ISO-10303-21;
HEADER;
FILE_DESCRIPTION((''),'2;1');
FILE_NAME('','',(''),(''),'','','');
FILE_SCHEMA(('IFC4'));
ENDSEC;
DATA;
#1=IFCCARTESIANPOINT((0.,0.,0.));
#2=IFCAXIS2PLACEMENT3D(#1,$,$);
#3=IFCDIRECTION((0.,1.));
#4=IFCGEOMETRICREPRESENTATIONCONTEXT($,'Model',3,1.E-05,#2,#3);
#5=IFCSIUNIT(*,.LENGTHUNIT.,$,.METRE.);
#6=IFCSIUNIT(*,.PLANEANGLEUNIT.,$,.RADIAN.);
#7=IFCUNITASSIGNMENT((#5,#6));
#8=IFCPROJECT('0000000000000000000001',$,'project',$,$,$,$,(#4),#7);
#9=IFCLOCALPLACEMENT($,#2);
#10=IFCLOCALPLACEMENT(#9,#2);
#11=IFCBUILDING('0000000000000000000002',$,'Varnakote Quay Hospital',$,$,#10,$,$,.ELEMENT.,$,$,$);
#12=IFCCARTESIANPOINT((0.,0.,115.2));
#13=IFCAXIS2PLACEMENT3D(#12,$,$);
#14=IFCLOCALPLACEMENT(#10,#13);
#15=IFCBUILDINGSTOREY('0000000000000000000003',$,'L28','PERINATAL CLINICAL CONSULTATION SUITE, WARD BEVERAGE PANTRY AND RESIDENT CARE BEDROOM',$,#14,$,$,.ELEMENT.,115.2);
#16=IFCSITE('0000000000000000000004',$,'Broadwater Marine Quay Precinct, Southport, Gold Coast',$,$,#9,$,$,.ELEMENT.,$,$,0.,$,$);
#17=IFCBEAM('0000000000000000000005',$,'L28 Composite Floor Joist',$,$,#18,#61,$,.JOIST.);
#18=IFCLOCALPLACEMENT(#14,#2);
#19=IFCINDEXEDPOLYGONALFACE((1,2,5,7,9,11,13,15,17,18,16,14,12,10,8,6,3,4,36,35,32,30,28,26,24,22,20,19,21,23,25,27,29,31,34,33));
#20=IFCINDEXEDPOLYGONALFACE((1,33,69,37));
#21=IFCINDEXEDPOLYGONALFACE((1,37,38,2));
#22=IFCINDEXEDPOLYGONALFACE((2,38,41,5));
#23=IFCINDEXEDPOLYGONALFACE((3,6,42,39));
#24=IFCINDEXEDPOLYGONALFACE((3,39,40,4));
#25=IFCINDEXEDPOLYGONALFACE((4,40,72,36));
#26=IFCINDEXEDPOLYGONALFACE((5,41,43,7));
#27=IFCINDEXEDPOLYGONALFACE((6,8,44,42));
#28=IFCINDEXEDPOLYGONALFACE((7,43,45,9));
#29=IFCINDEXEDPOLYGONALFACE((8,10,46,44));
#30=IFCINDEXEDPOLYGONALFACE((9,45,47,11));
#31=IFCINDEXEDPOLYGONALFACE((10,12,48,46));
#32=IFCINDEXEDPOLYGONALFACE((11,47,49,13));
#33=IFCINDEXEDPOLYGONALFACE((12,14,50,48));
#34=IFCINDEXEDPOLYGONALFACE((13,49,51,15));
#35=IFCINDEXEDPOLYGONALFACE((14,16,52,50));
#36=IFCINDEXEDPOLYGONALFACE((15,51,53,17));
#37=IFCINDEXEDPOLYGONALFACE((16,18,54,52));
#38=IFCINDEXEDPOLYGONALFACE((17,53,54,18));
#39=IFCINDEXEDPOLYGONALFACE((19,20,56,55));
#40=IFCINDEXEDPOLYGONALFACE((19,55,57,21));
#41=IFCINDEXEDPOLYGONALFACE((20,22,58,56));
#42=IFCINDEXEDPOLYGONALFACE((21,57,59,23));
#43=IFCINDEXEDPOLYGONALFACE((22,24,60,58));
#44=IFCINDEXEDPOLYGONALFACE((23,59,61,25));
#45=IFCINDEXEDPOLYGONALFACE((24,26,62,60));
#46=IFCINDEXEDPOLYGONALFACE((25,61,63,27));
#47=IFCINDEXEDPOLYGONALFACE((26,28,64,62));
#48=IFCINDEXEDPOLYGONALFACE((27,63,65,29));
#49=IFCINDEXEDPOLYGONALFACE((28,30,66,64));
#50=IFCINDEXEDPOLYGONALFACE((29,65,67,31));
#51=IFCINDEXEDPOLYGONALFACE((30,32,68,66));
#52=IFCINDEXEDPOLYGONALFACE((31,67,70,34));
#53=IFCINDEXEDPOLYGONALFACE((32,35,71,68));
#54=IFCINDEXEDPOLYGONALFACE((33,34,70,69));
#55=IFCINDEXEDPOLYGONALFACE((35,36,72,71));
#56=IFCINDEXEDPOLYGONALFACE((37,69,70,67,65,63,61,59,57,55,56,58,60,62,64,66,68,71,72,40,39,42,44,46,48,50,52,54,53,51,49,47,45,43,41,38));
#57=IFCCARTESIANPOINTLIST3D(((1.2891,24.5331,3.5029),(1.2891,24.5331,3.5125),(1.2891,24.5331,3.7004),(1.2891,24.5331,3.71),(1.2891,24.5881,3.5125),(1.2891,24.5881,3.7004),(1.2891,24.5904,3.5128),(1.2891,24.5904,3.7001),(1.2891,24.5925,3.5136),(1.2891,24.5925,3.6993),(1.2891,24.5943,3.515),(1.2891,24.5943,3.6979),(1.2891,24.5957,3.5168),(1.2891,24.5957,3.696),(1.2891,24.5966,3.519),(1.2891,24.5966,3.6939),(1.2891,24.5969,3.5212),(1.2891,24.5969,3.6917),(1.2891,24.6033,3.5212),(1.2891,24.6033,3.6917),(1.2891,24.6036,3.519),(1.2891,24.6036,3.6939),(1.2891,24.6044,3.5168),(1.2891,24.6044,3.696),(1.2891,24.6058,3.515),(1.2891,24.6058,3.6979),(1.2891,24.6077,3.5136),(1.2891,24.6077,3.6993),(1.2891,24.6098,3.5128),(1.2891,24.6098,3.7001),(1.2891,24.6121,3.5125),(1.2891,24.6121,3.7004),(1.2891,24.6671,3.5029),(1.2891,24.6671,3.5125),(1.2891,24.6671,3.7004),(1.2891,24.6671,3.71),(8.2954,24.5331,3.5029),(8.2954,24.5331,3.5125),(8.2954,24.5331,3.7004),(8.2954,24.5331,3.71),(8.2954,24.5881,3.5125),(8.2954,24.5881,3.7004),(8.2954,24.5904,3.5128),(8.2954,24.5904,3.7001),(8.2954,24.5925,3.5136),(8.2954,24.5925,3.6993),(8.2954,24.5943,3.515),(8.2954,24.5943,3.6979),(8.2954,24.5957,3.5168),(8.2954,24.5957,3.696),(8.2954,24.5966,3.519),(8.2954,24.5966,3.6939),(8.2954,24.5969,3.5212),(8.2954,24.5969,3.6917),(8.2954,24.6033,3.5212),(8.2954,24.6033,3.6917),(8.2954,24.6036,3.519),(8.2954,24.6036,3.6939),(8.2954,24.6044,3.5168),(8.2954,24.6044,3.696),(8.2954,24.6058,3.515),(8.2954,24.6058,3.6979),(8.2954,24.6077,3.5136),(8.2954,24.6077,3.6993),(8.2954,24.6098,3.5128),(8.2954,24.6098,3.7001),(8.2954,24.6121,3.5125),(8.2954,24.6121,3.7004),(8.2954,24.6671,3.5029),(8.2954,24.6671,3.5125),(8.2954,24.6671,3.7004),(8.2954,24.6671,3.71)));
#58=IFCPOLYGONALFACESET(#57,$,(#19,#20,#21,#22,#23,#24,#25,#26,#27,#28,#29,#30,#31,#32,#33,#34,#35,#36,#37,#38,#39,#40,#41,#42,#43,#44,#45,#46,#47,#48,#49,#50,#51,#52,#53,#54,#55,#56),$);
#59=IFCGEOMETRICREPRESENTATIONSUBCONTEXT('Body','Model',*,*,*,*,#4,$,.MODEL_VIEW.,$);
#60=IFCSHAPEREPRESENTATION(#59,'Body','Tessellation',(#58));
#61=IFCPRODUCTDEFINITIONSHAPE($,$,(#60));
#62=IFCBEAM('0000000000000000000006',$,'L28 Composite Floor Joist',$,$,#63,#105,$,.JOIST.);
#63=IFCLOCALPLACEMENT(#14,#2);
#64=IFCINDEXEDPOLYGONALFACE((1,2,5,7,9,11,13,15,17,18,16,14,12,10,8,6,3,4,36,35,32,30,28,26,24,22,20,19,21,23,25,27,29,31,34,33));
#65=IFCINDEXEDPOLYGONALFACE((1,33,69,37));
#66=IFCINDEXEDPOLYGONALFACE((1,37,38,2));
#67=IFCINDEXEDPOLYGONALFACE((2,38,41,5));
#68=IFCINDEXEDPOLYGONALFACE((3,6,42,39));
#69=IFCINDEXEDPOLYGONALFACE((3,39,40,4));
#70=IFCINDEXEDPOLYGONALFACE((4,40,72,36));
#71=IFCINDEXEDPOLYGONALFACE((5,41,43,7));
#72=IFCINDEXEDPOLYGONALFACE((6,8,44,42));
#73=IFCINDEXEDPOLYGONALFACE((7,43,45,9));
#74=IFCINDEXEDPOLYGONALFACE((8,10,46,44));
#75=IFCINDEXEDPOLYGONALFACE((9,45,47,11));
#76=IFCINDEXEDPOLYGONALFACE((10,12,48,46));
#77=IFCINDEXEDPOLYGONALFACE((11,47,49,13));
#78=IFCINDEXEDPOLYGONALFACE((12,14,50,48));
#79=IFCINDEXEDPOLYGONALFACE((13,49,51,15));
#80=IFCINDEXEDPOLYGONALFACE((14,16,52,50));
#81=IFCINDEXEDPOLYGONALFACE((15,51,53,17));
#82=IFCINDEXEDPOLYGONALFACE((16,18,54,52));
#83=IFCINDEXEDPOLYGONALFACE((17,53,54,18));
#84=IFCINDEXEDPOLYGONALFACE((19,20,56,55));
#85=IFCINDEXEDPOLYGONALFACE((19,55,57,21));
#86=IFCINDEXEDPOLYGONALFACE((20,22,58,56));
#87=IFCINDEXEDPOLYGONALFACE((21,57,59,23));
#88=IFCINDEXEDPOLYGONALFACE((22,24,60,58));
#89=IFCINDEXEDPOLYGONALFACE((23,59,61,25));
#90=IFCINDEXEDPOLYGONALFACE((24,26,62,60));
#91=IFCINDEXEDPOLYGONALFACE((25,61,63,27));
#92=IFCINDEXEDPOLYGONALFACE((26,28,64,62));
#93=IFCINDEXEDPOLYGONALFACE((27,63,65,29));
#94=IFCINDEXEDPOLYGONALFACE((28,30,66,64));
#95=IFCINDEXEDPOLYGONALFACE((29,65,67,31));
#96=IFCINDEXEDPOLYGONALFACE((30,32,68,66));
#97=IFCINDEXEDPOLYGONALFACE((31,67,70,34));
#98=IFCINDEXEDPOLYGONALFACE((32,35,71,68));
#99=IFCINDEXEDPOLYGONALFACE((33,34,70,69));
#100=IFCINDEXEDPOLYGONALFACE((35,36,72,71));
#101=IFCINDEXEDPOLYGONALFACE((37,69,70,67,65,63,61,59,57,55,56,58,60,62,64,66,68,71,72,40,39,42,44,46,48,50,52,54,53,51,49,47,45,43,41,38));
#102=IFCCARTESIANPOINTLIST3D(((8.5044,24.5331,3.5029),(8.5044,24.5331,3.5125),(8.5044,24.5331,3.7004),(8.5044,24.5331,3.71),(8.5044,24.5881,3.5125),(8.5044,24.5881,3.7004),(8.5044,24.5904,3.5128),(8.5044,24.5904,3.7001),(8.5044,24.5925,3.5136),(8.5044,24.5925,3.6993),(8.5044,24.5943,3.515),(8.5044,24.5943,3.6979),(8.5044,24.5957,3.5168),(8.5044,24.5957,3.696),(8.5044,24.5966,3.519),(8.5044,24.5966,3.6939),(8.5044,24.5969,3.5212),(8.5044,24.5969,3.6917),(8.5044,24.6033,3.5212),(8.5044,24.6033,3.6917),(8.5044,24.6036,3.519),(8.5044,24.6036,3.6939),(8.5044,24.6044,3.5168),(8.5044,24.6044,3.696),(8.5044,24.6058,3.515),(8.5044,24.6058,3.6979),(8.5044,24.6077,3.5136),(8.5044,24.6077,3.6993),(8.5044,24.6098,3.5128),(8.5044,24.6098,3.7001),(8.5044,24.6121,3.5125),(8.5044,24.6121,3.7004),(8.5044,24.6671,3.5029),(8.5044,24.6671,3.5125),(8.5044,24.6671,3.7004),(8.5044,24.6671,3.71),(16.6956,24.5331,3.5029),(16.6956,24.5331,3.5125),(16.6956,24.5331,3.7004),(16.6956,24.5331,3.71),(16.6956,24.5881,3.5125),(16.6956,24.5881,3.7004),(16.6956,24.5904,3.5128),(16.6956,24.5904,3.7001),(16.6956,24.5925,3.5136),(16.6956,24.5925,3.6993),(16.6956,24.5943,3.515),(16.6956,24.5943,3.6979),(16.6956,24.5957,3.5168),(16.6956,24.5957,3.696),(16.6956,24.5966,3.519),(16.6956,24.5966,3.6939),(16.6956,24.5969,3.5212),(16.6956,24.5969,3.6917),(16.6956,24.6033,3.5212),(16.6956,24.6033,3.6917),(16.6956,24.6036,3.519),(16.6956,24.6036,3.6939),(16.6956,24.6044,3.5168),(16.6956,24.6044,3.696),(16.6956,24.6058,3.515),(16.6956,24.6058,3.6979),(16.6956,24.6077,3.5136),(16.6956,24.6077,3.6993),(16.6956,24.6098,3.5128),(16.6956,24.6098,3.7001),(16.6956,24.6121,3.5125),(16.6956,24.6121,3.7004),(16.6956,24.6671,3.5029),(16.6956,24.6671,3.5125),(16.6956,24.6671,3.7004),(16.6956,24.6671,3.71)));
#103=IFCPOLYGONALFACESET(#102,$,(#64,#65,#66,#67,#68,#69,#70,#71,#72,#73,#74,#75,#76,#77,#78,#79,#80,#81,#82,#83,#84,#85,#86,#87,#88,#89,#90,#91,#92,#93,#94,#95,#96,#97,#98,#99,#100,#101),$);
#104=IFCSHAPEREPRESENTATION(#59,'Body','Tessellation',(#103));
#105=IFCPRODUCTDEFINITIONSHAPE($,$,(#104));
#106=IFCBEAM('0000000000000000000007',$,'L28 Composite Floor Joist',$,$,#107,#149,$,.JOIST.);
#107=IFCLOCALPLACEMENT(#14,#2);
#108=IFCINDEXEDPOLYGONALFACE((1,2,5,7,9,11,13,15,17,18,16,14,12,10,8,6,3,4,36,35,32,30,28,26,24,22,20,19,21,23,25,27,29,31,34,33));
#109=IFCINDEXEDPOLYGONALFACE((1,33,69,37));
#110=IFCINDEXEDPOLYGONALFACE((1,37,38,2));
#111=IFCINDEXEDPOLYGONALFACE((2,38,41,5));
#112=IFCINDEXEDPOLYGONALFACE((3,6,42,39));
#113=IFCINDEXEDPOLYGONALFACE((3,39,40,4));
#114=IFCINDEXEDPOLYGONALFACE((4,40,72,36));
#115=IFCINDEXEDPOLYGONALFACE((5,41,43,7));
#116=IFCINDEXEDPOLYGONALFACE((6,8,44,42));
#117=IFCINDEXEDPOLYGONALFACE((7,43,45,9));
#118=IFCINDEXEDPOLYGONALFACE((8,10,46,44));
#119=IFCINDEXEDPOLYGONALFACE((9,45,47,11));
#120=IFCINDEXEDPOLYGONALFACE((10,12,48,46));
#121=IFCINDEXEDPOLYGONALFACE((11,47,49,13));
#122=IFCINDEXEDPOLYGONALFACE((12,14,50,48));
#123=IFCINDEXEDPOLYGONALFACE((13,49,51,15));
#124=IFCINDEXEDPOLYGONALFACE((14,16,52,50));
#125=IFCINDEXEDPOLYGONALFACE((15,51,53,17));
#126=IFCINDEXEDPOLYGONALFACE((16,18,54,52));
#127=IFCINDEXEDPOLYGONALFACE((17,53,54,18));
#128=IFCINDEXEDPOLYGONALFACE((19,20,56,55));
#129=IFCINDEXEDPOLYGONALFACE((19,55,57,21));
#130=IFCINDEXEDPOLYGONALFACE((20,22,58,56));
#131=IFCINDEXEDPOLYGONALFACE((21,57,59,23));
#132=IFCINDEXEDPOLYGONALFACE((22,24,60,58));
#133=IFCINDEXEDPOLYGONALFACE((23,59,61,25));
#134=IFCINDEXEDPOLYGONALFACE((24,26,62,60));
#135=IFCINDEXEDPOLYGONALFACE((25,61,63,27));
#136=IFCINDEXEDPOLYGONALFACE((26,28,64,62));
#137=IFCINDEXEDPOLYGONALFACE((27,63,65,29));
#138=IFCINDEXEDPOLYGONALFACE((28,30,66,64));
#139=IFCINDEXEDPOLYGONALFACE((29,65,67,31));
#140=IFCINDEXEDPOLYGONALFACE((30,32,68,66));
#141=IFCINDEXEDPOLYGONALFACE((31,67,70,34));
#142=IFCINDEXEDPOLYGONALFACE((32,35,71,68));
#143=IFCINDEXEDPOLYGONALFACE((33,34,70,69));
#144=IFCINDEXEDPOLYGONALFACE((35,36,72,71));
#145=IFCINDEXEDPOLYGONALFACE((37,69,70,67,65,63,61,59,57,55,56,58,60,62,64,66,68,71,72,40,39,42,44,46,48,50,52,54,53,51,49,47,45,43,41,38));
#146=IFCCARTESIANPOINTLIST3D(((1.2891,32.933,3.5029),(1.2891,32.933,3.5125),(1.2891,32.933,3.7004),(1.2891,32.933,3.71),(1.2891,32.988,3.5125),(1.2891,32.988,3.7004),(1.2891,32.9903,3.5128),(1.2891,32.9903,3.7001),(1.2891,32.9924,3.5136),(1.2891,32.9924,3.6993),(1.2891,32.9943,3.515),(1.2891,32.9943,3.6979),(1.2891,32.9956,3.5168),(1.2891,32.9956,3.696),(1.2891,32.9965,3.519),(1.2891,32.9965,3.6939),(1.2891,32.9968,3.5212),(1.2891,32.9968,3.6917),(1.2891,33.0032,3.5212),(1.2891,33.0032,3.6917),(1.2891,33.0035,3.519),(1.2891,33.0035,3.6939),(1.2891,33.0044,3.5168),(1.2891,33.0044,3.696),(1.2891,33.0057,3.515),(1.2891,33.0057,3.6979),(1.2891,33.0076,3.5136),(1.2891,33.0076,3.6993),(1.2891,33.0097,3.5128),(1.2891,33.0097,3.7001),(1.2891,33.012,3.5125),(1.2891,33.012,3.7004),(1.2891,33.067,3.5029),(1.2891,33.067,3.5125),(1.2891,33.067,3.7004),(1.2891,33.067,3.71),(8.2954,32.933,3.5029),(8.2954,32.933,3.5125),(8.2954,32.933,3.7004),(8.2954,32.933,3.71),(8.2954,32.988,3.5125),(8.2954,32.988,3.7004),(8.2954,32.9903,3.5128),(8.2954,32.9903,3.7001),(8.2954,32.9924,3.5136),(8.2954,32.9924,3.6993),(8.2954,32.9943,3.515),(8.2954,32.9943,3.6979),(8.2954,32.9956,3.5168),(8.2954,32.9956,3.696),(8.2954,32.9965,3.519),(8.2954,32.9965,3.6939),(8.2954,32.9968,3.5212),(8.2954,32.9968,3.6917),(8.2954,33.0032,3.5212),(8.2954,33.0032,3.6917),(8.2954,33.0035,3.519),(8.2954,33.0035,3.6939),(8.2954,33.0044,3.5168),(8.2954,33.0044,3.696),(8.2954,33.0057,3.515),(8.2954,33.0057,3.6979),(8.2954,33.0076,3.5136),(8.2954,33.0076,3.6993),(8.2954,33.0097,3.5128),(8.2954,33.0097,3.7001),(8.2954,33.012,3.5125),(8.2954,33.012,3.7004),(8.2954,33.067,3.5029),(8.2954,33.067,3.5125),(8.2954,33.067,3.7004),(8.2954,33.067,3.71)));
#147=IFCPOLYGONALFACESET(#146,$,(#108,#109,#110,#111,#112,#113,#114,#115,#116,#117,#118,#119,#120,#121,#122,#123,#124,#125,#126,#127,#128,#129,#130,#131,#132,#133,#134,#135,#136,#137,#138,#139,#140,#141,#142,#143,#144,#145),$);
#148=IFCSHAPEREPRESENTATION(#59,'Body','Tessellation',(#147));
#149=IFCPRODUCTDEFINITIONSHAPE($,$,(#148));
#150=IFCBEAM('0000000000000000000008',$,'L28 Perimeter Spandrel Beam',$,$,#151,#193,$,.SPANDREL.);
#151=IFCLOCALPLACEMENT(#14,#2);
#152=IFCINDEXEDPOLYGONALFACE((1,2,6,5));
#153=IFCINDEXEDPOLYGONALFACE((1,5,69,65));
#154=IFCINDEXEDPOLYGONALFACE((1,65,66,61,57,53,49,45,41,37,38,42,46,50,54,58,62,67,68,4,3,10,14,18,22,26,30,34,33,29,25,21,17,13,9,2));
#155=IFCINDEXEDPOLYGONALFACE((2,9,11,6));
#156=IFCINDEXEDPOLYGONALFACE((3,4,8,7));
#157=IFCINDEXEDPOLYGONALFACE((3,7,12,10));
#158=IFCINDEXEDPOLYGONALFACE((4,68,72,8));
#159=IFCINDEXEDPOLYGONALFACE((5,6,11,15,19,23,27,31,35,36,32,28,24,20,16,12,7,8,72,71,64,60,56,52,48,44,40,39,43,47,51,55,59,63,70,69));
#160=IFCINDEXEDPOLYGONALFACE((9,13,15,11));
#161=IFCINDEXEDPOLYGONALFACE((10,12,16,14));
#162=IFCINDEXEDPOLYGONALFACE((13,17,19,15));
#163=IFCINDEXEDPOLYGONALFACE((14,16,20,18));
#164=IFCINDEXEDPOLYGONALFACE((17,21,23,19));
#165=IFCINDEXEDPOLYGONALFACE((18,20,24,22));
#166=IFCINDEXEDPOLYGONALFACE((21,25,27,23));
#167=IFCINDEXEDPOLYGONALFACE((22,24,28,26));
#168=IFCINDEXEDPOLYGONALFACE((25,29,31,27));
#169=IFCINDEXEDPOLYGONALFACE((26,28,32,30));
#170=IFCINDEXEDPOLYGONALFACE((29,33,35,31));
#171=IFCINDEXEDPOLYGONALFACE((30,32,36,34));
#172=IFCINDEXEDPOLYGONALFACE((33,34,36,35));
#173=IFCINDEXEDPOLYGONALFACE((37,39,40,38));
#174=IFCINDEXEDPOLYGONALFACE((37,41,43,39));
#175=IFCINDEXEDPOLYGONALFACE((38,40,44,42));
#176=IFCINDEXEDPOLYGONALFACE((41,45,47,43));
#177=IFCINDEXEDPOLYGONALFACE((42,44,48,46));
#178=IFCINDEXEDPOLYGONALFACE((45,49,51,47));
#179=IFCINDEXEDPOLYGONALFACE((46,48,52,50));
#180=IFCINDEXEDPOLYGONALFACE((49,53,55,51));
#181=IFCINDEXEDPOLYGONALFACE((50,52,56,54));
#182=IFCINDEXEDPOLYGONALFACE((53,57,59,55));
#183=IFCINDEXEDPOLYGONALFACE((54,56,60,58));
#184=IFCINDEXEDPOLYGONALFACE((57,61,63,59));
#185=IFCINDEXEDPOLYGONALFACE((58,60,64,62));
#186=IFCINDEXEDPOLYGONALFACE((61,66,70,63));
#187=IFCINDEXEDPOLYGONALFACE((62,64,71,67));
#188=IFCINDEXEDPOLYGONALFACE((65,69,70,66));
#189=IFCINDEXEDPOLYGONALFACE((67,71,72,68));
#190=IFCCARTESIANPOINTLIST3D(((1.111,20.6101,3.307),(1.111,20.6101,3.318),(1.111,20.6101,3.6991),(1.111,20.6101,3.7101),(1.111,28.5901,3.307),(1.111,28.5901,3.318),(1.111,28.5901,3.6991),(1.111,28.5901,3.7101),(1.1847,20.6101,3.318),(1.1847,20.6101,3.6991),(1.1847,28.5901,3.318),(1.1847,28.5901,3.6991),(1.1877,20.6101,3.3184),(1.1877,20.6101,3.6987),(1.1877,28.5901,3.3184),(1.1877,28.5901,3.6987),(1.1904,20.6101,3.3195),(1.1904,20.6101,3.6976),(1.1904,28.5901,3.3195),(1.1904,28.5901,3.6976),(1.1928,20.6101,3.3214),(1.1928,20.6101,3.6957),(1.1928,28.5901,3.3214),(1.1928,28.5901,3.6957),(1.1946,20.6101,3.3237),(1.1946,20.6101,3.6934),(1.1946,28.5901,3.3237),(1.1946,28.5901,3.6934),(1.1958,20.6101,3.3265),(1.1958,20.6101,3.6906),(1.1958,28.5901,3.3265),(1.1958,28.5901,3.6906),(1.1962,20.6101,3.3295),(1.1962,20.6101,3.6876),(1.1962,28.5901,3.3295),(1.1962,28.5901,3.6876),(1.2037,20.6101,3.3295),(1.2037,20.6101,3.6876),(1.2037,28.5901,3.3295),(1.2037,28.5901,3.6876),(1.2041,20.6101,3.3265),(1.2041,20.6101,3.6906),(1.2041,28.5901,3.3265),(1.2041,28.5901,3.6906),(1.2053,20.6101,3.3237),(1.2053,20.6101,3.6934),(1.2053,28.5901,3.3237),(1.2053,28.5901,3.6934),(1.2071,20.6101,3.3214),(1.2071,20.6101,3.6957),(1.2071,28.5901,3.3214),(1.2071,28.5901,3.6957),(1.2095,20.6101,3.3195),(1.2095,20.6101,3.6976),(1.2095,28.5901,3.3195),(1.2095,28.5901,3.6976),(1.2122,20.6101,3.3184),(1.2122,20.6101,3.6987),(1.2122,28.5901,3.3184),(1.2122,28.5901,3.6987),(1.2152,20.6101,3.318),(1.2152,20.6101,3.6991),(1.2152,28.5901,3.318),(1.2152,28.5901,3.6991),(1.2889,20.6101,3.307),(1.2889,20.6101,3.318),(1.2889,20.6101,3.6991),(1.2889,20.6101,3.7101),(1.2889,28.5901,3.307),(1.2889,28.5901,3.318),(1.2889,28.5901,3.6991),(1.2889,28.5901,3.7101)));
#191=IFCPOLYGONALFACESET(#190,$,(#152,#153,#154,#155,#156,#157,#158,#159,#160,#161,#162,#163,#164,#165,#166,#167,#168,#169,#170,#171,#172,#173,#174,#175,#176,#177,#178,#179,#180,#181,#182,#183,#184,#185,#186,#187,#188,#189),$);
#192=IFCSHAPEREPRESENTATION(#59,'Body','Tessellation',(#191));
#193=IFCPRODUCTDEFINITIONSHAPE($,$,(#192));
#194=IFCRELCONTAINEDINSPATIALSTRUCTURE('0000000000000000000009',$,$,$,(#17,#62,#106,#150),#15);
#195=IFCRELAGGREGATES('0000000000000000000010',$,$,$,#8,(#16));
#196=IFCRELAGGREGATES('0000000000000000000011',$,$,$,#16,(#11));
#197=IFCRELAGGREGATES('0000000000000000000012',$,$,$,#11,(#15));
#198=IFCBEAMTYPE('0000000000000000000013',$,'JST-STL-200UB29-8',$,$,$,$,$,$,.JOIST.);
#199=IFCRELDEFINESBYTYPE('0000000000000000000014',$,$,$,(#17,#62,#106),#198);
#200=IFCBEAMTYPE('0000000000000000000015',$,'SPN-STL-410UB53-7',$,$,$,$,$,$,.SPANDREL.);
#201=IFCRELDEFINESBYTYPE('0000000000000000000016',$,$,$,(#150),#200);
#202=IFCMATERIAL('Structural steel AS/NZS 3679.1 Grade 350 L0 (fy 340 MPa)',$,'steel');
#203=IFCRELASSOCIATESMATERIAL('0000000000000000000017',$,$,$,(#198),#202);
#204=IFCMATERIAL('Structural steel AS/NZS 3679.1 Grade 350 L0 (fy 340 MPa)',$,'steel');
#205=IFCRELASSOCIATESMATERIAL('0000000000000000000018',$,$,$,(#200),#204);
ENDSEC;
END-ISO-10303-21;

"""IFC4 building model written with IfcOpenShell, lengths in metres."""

from ifc_helpers import new_model, si_unit, direction, frame, origin, origin_2d, place, context, subcontext, project, spatial, i_section, extrude, material, material_profile, profile_set, type_object, element, save


model = new_model("IFC4")

# Units and contexts
model_context = context("Model", 3, precision=1e-05, world=origin(), true_north=direction((0.0, 1.0)))
body_context = subcontext(model_context, "Body", "Model", "MODEL_VIEW")
ifc_project = project(units=[si_unit("LENGTHUNIT", "METRE"), si_unit("PLANEANGLEUNIT", "RADIAN")], contexts=[model_context])

# Site, building, storey
site_placement = place(None, origin())
site = spatial("IfcSite", under=ifc_project, at=site_placement, Name="Broadwater Marine Quay Precinct, Southport, Gold Coast", CompositionType="ELEMENT", RefElevation=0.0)
building_placement = place(site_placement, origin())
building = spatial("IfcBuilding", under=site, at=building_placement, Name="Varnakote Quay Hospital", CompositionType="ELEMENT")
storey_placement = place(building_placement, frame((0.0, 0.0, 115.2)))
storey = spatial("IfcBuildingStorey", under=building, at=storey_placement, Name="L28", Description="PERINATAL CLINICAL CONSULTATION SUITE, WARD BEVERAGE PANTRY AND RESIDENT CARE BEDROOM", CompositionType="ELEMENT", Elevation=115.2)

# Beams
ifc_material_1 = material(Name="Structural steel AS/NZS 3679.1 Grade 350 L0 (fy 340 MPa)", Category="steel")
ifc_material_profile_1 = material_profile(ifc_material_1, i_section(OverallWidth=0.134, OverallDepth=0.207, WebThickness=0.0063, FlangeThickness=0.0095, FilletRadius=0.0088, at=origin_2d()), Name="200UB29.8")
ifc_profile_set_1 = profile_set([ifc_material_profile_1], Name="Structural steel AS/NZS 3679.1 Grade 350 L0 (fy 340 MPa)")
beam_type_1 = type_object("IfcBeamType", Name="JST-STL-200UB29-8", PredefinedType="JOIST", material=ifc_profile_set_1)
beam_1_placement = place(storey_placement, frame((1.2891, 24.6001, 3.6064), z_axis=(1.0, 0.0, 0.0), x_axis=(0.0, 1.0, 0.0)))
element("IfcBeam", 1, at=beam_1_placement, inside=storey, type_object=beam_type_1, Name="L28 Composite Floor Joist", PredefinedType="JOIST", context=body_context, shape_type="SweptSolid", body=[
    extrude(i_section(OverallWidth=0.134, OverallDepth=0.207, WebThickness=0.0063, FlangeThickness=0.0095, FilletRadius=0.0088, at=origin_2d()), origin(), (0.0, 0.0, 1.0), 7.0063),
])
beam_2_placement = place(storey_placement, frame((8.5044, 24.6001, 3.6064), z_axis=(1.0, 0.0, 0.0), x_axis=(0.0, 1.0, 0.0)))
element("IfcBeam", 2, at=beam_2_placement, inside=storey, type_object=beam_type_1, Name="L28 Composite Floor Joist", PredefinedType="JOIST", context=body_context, shape_type="SweptSolid", body=[
    extrude(i_section(OverallWidth=0.134, OverallDepth=0.207, WebThickness=0.0063, FlangeThickness=0.0095, FilletRadius=0.0088, at=origin_2d()), origin(), (0.0, 0.0, 1.0), 8.1912),
])
beam_3_placement = place(storey_placement, frame((1.2891, 33.0, 3.6064), z_axis=(1.0, 0.0, 0.0), x_axis=(0.0, 1.0, 0.0)))
element("IfcBeam", 3, at=beam_3_placement, inside=storey, type_object=beam_type_1, Name="L28 Composite Floor Joist", PredefinedType="JOIST", context=body_context, shape_type="SweptSolid", body=[
    extrude(i_section(OverallWidth=0.134, OverallDepth=0.207, WebThickness=0.0063, FlangeThickness=0.0095, FilletRadius=0.0088, at=origin_2d()), origin(), (0.0, 0.0, 1.0), 7.0063),
])
ifc_material_2 = material(Name="Structural steel AS/NZS 3679.1 Grade 350 L0 (fy 340 MPa)", Category="steel")
ifc_material_profile_2 = material_profile(ifc_material_2, i_section(OverallWidth=0.178, OverallDepth=0.4031, WebThickness=0.0076, FlangeThickness=0.011, FilletRadius=0.0115, at=origin_2d()), Name="410UB53.7")
ifc_profile_set_2 = profile_set([ifc_material_profile_2], Name="Structural steel AS/NZS 3679.1 Grade 350 L0 (fy 340 MPa)")
beam_type_2 = type_object("IfcBeamType", Name="SPN-STL-410UB53-7", PredefinedType="SPANDREL", material=ifc_profile_set_2)
beam_4_placement = place(storey_placement, frame((1.2, 20.6101, 3.5085), z_axis=(0.0, 1.0, 0.0), x_axis=(-1.0, 0.0, 0.0)))
element("IfcBeam", 4, at=beam_4_placement, inside=storey, type_object=beam_type_2, Name="L28 Perimeter Spandrel Beam", PredefinedType="SPANDREL", context=body_context, shape_type="SweptSolid", body=[
    extrude(i_section(OverallWidth=0.178, OverallDepth=0.4031, WebThickness=0.0076, FlangeThickness=0.011, FilletRadius=0.0115, at=origin_2d()), origin(), (0.0, 0.0, 1.0), 7.98),
])

save(model, "model.ifc")
